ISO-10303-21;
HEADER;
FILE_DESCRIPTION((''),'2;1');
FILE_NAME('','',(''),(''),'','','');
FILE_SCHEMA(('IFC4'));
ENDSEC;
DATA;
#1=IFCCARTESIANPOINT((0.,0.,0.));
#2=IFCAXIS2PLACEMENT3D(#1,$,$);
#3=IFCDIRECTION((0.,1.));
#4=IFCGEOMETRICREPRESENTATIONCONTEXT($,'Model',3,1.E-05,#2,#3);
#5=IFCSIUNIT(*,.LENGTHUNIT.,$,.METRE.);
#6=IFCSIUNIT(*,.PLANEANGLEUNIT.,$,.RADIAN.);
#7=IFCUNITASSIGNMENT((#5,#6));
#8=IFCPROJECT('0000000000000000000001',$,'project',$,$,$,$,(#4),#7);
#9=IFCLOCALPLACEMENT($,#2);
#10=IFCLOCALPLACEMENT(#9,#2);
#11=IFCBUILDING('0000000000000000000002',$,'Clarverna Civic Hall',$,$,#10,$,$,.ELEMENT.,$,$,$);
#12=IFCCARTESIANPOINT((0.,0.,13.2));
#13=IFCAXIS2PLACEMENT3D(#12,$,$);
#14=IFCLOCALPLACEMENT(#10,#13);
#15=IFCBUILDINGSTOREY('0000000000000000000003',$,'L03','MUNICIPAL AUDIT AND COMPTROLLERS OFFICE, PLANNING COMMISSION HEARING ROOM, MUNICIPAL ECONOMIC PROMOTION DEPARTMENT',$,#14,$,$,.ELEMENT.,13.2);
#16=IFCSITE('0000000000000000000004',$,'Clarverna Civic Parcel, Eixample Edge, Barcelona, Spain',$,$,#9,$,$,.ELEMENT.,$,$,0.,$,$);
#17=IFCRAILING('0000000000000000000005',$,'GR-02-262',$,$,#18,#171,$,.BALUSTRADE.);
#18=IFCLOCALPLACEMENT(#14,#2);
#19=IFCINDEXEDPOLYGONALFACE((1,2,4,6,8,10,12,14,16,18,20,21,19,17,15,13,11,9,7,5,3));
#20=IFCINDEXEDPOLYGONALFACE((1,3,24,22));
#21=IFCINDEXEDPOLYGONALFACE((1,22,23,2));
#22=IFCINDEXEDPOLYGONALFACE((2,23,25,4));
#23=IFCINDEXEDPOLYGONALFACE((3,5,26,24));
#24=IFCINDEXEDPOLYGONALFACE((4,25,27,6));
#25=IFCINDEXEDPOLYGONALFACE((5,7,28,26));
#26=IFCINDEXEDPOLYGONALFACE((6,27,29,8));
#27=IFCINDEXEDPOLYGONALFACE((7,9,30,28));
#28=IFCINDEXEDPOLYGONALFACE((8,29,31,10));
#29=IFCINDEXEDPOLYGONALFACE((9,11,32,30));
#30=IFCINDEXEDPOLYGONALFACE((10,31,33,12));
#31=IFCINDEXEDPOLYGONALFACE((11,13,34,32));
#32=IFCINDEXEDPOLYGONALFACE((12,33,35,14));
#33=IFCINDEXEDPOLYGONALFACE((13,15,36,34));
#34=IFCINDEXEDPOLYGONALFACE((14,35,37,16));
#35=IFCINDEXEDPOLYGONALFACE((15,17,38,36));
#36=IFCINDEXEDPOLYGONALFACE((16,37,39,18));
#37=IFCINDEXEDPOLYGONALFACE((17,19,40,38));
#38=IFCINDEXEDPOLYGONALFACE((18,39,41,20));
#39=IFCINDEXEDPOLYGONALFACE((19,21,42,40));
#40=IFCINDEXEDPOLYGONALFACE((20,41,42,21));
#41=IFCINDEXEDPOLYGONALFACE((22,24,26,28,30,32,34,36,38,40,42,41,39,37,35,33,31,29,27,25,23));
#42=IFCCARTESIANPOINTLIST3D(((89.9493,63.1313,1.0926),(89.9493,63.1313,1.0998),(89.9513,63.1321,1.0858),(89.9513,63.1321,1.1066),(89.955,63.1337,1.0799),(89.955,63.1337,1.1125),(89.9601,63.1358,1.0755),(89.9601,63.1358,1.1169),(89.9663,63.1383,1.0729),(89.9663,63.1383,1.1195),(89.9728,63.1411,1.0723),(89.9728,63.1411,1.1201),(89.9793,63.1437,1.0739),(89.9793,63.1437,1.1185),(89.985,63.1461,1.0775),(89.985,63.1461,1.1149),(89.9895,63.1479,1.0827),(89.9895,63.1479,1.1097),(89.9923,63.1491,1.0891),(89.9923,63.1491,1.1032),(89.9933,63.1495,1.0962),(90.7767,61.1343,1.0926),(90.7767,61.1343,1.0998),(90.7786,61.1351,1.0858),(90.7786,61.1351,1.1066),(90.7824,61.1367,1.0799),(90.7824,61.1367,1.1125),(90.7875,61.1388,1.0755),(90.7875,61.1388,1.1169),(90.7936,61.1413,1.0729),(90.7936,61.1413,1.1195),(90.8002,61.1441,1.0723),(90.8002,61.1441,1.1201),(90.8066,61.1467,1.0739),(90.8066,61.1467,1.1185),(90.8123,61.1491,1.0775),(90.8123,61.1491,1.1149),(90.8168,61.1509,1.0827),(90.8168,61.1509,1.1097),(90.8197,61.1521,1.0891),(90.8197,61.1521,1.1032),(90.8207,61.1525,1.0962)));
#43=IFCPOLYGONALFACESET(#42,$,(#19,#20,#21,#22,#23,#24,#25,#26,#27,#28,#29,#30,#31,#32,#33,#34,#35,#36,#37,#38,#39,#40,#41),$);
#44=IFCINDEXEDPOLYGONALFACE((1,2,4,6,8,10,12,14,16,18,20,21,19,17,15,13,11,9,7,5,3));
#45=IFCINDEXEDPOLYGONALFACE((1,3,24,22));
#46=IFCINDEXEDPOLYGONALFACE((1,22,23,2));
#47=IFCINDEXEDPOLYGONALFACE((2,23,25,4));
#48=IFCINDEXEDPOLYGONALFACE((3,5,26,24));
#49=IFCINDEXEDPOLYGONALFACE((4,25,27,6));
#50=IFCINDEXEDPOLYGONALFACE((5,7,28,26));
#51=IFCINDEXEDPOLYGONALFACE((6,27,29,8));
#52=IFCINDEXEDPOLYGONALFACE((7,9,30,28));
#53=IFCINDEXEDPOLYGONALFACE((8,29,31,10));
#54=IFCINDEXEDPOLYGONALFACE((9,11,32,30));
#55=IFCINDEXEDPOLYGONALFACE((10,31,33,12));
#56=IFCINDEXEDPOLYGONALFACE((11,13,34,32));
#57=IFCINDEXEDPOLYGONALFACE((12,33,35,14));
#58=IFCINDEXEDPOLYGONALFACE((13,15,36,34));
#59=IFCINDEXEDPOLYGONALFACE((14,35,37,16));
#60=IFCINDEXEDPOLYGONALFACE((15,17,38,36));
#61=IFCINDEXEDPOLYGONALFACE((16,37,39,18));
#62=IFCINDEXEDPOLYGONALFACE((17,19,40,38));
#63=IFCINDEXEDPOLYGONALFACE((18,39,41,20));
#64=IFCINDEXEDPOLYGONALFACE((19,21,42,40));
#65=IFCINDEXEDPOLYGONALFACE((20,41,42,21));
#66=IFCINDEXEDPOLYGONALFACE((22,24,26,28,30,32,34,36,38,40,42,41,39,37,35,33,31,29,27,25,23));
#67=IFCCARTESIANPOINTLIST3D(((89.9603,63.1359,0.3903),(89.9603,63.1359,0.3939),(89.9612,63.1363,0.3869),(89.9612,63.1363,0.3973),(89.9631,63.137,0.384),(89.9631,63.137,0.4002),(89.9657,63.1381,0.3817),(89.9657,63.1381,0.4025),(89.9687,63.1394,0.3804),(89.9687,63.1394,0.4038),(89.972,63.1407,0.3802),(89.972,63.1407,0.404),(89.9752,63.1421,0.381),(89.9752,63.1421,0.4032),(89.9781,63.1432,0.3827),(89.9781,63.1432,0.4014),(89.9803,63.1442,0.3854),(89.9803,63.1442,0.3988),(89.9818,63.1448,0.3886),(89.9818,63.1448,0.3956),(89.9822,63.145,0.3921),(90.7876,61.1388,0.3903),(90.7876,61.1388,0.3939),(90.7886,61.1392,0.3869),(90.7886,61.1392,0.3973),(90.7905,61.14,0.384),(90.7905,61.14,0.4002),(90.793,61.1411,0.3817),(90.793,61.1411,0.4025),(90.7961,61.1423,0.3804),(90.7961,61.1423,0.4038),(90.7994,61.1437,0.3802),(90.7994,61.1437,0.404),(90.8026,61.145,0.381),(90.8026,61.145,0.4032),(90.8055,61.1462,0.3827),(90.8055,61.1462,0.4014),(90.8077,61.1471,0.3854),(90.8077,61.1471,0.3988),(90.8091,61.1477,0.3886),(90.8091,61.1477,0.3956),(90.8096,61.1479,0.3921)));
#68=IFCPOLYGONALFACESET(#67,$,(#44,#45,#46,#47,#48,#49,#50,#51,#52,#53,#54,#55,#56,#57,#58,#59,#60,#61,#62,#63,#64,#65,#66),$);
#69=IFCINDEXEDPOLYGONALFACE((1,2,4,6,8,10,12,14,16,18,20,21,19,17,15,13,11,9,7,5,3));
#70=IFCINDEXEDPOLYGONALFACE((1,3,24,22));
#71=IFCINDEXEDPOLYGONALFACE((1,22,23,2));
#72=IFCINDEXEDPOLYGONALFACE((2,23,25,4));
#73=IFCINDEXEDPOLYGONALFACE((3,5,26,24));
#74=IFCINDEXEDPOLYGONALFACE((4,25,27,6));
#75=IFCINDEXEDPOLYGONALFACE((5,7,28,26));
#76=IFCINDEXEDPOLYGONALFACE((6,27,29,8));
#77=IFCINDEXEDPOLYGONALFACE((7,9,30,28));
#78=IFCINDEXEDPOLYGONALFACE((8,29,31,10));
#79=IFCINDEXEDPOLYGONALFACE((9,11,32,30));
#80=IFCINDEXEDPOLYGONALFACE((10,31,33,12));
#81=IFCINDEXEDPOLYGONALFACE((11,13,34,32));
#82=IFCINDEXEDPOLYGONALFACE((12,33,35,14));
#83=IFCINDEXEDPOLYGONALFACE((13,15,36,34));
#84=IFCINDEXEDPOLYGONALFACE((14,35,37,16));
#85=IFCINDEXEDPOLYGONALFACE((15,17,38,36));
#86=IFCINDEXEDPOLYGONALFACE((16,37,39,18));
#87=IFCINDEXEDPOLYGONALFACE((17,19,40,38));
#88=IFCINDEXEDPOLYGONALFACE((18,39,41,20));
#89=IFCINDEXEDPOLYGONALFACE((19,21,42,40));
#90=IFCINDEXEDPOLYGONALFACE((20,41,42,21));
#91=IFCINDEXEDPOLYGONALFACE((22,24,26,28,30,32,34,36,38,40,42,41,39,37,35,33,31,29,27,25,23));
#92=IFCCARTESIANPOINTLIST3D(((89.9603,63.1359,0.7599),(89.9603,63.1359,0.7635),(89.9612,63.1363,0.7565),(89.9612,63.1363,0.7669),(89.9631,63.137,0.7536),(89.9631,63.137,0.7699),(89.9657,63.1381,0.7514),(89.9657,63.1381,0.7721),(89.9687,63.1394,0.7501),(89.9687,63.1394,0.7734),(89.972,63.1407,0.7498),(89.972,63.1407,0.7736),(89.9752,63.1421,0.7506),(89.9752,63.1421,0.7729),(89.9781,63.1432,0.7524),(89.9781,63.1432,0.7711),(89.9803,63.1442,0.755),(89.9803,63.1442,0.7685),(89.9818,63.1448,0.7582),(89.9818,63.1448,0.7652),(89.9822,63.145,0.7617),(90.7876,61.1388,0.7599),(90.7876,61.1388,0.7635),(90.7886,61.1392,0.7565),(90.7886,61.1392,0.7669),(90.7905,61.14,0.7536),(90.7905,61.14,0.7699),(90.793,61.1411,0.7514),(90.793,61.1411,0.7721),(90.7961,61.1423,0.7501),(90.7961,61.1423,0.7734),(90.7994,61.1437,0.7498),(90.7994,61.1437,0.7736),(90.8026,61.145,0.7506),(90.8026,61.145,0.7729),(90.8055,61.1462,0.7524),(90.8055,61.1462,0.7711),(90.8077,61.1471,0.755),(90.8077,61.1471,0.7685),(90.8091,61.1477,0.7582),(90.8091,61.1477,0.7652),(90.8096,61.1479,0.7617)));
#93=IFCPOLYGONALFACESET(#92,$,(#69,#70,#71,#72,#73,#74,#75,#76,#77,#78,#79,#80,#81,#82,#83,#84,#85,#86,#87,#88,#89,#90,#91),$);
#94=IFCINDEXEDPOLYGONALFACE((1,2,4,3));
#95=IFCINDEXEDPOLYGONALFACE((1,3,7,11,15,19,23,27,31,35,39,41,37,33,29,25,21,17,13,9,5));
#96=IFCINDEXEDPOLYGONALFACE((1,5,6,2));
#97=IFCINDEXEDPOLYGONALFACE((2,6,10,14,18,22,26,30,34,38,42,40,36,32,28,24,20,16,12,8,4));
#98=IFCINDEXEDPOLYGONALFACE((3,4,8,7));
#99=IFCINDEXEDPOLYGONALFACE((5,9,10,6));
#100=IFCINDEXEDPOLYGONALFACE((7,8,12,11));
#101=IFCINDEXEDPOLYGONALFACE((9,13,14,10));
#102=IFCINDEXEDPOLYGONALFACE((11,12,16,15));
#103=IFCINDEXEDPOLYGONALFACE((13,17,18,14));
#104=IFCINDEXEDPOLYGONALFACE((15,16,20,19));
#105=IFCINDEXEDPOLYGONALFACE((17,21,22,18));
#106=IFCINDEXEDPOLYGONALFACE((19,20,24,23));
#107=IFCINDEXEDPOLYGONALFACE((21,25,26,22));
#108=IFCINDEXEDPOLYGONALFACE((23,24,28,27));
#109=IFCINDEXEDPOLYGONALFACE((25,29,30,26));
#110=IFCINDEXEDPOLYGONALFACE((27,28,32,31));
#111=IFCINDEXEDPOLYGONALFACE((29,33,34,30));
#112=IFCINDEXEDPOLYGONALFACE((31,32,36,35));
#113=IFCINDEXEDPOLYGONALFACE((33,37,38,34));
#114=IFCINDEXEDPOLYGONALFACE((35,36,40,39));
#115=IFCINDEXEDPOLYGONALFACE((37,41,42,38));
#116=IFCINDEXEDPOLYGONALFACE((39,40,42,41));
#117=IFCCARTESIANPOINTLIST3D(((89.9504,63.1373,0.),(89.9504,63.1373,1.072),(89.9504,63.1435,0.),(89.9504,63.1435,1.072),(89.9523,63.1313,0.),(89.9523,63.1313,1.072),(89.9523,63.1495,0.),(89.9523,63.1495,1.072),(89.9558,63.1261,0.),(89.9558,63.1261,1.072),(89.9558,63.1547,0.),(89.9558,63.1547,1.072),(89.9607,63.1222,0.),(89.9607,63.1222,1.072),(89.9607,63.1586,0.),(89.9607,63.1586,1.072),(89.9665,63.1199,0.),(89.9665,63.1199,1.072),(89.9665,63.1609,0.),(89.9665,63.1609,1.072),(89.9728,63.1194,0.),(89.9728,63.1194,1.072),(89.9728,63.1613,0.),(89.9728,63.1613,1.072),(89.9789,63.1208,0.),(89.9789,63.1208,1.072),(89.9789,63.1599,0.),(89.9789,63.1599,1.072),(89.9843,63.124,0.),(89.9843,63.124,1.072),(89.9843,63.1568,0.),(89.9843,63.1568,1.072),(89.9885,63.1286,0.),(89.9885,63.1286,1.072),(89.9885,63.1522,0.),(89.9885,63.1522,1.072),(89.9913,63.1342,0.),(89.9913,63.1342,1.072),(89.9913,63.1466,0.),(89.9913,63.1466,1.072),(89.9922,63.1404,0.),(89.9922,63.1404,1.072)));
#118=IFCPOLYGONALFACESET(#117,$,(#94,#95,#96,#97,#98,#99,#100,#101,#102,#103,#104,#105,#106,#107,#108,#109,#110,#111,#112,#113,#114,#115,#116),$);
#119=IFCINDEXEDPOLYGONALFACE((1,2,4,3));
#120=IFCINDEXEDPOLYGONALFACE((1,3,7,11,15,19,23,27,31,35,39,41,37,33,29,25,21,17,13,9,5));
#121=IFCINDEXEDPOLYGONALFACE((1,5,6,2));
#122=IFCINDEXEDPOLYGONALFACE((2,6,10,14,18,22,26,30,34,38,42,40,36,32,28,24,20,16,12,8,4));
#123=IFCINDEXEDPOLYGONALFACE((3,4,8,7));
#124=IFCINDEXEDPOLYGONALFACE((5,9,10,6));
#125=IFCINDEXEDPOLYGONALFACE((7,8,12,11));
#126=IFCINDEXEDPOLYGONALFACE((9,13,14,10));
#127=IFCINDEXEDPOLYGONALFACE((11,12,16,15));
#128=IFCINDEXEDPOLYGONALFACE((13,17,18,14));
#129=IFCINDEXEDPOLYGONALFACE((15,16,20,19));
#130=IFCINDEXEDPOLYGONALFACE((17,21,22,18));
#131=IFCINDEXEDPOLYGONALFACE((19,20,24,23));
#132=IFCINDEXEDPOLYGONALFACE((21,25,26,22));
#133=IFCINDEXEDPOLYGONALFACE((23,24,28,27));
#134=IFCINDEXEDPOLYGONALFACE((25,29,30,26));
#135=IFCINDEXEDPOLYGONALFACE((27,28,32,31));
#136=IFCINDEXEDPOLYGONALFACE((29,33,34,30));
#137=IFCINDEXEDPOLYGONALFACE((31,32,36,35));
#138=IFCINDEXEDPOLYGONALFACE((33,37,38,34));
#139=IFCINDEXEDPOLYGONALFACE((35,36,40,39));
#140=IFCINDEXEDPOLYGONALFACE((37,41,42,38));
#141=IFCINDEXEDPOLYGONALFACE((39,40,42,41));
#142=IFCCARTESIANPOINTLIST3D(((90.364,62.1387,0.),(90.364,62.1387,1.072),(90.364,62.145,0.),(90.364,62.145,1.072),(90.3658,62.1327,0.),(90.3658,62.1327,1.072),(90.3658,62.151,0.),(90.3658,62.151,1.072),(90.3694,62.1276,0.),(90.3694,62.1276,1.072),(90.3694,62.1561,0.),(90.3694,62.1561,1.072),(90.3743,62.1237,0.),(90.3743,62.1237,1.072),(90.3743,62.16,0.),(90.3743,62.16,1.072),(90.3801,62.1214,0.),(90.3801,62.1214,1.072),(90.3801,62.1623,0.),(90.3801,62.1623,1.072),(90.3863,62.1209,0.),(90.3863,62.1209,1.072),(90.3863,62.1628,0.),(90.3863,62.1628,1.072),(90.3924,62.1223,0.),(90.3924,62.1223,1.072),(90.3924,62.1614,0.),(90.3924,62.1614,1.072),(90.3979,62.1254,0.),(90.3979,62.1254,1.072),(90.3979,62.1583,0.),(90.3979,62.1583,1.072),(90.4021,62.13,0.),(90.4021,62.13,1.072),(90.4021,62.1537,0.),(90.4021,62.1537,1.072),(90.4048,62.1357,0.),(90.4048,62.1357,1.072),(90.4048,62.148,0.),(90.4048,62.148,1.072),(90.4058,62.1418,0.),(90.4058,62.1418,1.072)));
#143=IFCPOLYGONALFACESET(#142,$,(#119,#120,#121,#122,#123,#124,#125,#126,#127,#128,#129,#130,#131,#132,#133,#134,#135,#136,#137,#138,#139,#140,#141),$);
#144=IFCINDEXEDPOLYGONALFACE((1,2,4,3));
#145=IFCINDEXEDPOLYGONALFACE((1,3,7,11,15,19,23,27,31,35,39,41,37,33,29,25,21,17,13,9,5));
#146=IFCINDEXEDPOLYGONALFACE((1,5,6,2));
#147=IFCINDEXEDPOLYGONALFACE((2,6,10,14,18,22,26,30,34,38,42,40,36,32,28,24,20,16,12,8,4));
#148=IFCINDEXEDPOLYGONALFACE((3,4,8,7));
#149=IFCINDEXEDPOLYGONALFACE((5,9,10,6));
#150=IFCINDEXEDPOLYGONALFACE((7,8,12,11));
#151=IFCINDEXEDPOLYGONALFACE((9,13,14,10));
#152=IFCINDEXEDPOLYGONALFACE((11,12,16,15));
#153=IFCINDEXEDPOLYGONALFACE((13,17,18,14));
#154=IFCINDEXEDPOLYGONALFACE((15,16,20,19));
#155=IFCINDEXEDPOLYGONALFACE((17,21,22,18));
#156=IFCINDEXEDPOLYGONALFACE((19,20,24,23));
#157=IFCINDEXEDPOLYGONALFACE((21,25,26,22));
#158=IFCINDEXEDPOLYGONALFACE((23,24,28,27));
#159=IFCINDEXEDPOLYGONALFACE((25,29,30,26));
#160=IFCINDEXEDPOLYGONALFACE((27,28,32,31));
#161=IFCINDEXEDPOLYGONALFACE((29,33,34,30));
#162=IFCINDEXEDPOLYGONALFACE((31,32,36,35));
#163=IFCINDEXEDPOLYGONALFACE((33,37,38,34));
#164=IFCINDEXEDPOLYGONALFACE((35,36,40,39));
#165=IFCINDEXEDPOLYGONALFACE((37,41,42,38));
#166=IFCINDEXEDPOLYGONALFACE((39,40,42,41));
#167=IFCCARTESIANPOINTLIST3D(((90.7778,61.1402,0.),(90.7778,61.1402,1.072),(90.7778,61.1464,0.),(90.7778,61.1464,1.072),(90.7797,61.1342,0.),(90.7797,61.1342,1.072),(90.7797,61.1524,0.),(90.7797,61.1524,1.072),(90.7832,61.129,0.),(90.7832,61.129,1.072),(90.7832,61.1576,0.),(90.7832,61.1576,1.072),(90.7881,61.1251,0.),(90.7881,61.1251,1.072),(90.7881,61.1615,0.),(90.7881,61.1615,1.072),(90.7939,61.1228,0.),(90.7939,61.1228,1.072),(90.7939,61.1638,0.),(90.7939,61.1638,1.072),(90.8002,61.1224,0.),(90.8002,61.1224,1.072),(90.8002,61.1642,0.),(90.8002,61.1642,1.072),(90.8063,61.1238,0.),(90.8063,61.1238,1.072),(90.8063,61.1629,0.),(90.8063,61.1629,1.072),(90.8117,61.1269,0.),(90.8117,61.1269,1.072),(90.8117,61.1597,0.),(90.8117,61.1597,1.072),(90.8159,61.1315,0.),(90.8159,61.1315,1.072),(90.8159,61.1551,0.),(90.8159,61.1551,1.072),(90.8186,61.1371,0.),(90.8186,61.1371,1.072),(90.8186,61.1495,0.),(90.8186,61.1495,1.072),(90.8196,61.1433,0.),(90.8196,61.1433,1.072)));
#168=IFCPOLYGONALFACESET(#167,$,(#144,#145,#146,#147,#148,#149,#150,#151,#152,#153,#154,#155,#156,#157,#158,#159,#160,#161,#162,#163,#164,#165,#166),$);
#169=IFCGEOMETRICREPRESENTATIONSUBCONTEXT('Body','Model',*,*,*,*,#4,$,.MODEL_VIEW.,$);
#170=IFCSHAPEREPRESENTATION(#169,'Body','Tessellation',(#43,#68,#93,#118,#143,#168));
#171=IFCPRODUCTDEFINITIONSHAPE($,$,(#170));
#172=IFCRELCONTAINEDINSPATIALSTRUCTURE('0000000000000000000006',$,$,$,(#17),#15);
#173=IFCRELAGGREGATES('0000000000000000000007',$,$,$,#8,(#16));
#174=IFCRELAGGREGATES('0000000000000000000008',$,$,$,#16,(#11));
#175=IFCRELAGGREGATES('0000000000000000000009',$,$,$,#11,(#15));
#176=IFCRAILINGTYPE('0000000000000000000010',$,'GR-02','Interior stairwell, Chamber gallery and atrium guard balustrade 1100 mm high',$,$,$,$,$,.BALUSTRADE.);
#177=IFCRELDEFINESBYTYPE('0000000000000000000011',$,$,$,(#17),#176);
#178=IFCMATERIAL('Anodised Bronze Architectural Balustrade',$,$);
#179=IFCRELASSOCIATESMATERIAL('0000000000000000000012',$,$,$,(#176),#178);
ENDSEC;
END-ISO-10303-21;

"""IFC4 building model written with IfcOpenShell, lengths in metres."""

from ifc_helpers import new_model, si_unit, direction, frame, origin, origin_2d, place, context, subcontext, project, spatial, circle, extrude, material, type_object, element, save


model = new_model("IFC4")

# Units and contexts
model_context = context("Model", 3, precision=1e-05, world=origin(), true_north=direction((0.0, 1.0)))
body_context = subcontext(model_context, "Body", "Model", "MODEL_VIEW")
ifc_project = project(units=[si_unit("LENGTHUNIT", "METRE"), si_unit("PLANEANGLEUNIT", "RADIAN")], contexts=[model_context])

# Site, building, storey
site_placement = place(None, origin())
site = spatial("IfcSite", under=ifc_project, at=site_placement, Name="Clarverna Civic Parcel, Eixample Edge, Barcelona, Spain", CompositionType="ELEMENT", RefElevation=0.0)
building_placement = place(site_placement, origin())
building = spatial("IfcBuilding", under=site, at=building_placement, Name="Clarverna Civic Hall", CompositionType="ELEMENT")
storey_placement = place(building_placement, frame((0.0, 0.0, 13.2)))
storey = spatial("IfcBuildingStorey", under=building, at=storey_placement, Name="L03", Description="MUNICIPAL AUDIT AND COMPTROLLERS OFFICE, PLANNING COMMISSION HEARING ROOM, MUNICIPAL ECONOMIC PROMOTION DEPARTMENT", CompositionType="ELEMENT", Elevation=13.2)

# Railing
ifc_material_1 = material(Name="Anodised Bronze Architectural Balustrade")
railing_type = type_object("IfcRailingType", Name="GR-02", Description="Interior stairwell, Chamber gallery and atrium guard balustrade 1100 mm high", PredefinedType="BALUSTRADE", material=ifc_material_1)
railing_1_placement = place(storey_placement, frame((89.9712, 63.1404, 0.0)))
element("IfcRailing", 1, at=railing_1_placement, inside=storey, type_object=railing_type, Name="GR-02-262", PredefinedType="BALUSTRADE", context=body_context, shape_type="SweptSolid", body=[
    extrude(circle(Radius=0.0239, at=origin_2d()), frame((0.0, 0.0, 1.0962), z_axis=(0.382754, -0.92385, 0.0), x_axis=(0.92385, 0.382754, 0.0)), (0.0, 0.0, 1.0), 2.1616),
    extrude(circle(Radius=0.012, at=origin_2d()), frame((0.0, 0.0, 0.3921), z_axis=(0.382754, -0.92385, 0.0), x_axis=(0.92385, 0.382754, 0.0)), (0.0, 0.0, 1.0), 2.1616),
    extrude(circle(Radius=0.012, at=origin_2d()), frame((0.0, 0.0, 0.7617), z_axis=(0.382754, -0.92385, 0.0), x_axis=(0.92385, 0.382754, 0.0)), (0.0, 0.0, 1.0), 2.1616),
    extrude(circle(Radius=0.021, at=origin_2d()), origin(), (0.0, 0.0, 1.0), 1.072),
    extrude(circle(Radius=0.021, at=origin_2d()), frame((0.4136, -0.9985, 0.0)), (0.0, 0.0, 1.0), 1.072),
    extrude(circle(Radius=0.021, at=origin_2d()), frame((0.8274, -1.9971, 0.0)), (0.0, 0.0, 1.0), 1.072),
])

save(model, "model.ifc")
